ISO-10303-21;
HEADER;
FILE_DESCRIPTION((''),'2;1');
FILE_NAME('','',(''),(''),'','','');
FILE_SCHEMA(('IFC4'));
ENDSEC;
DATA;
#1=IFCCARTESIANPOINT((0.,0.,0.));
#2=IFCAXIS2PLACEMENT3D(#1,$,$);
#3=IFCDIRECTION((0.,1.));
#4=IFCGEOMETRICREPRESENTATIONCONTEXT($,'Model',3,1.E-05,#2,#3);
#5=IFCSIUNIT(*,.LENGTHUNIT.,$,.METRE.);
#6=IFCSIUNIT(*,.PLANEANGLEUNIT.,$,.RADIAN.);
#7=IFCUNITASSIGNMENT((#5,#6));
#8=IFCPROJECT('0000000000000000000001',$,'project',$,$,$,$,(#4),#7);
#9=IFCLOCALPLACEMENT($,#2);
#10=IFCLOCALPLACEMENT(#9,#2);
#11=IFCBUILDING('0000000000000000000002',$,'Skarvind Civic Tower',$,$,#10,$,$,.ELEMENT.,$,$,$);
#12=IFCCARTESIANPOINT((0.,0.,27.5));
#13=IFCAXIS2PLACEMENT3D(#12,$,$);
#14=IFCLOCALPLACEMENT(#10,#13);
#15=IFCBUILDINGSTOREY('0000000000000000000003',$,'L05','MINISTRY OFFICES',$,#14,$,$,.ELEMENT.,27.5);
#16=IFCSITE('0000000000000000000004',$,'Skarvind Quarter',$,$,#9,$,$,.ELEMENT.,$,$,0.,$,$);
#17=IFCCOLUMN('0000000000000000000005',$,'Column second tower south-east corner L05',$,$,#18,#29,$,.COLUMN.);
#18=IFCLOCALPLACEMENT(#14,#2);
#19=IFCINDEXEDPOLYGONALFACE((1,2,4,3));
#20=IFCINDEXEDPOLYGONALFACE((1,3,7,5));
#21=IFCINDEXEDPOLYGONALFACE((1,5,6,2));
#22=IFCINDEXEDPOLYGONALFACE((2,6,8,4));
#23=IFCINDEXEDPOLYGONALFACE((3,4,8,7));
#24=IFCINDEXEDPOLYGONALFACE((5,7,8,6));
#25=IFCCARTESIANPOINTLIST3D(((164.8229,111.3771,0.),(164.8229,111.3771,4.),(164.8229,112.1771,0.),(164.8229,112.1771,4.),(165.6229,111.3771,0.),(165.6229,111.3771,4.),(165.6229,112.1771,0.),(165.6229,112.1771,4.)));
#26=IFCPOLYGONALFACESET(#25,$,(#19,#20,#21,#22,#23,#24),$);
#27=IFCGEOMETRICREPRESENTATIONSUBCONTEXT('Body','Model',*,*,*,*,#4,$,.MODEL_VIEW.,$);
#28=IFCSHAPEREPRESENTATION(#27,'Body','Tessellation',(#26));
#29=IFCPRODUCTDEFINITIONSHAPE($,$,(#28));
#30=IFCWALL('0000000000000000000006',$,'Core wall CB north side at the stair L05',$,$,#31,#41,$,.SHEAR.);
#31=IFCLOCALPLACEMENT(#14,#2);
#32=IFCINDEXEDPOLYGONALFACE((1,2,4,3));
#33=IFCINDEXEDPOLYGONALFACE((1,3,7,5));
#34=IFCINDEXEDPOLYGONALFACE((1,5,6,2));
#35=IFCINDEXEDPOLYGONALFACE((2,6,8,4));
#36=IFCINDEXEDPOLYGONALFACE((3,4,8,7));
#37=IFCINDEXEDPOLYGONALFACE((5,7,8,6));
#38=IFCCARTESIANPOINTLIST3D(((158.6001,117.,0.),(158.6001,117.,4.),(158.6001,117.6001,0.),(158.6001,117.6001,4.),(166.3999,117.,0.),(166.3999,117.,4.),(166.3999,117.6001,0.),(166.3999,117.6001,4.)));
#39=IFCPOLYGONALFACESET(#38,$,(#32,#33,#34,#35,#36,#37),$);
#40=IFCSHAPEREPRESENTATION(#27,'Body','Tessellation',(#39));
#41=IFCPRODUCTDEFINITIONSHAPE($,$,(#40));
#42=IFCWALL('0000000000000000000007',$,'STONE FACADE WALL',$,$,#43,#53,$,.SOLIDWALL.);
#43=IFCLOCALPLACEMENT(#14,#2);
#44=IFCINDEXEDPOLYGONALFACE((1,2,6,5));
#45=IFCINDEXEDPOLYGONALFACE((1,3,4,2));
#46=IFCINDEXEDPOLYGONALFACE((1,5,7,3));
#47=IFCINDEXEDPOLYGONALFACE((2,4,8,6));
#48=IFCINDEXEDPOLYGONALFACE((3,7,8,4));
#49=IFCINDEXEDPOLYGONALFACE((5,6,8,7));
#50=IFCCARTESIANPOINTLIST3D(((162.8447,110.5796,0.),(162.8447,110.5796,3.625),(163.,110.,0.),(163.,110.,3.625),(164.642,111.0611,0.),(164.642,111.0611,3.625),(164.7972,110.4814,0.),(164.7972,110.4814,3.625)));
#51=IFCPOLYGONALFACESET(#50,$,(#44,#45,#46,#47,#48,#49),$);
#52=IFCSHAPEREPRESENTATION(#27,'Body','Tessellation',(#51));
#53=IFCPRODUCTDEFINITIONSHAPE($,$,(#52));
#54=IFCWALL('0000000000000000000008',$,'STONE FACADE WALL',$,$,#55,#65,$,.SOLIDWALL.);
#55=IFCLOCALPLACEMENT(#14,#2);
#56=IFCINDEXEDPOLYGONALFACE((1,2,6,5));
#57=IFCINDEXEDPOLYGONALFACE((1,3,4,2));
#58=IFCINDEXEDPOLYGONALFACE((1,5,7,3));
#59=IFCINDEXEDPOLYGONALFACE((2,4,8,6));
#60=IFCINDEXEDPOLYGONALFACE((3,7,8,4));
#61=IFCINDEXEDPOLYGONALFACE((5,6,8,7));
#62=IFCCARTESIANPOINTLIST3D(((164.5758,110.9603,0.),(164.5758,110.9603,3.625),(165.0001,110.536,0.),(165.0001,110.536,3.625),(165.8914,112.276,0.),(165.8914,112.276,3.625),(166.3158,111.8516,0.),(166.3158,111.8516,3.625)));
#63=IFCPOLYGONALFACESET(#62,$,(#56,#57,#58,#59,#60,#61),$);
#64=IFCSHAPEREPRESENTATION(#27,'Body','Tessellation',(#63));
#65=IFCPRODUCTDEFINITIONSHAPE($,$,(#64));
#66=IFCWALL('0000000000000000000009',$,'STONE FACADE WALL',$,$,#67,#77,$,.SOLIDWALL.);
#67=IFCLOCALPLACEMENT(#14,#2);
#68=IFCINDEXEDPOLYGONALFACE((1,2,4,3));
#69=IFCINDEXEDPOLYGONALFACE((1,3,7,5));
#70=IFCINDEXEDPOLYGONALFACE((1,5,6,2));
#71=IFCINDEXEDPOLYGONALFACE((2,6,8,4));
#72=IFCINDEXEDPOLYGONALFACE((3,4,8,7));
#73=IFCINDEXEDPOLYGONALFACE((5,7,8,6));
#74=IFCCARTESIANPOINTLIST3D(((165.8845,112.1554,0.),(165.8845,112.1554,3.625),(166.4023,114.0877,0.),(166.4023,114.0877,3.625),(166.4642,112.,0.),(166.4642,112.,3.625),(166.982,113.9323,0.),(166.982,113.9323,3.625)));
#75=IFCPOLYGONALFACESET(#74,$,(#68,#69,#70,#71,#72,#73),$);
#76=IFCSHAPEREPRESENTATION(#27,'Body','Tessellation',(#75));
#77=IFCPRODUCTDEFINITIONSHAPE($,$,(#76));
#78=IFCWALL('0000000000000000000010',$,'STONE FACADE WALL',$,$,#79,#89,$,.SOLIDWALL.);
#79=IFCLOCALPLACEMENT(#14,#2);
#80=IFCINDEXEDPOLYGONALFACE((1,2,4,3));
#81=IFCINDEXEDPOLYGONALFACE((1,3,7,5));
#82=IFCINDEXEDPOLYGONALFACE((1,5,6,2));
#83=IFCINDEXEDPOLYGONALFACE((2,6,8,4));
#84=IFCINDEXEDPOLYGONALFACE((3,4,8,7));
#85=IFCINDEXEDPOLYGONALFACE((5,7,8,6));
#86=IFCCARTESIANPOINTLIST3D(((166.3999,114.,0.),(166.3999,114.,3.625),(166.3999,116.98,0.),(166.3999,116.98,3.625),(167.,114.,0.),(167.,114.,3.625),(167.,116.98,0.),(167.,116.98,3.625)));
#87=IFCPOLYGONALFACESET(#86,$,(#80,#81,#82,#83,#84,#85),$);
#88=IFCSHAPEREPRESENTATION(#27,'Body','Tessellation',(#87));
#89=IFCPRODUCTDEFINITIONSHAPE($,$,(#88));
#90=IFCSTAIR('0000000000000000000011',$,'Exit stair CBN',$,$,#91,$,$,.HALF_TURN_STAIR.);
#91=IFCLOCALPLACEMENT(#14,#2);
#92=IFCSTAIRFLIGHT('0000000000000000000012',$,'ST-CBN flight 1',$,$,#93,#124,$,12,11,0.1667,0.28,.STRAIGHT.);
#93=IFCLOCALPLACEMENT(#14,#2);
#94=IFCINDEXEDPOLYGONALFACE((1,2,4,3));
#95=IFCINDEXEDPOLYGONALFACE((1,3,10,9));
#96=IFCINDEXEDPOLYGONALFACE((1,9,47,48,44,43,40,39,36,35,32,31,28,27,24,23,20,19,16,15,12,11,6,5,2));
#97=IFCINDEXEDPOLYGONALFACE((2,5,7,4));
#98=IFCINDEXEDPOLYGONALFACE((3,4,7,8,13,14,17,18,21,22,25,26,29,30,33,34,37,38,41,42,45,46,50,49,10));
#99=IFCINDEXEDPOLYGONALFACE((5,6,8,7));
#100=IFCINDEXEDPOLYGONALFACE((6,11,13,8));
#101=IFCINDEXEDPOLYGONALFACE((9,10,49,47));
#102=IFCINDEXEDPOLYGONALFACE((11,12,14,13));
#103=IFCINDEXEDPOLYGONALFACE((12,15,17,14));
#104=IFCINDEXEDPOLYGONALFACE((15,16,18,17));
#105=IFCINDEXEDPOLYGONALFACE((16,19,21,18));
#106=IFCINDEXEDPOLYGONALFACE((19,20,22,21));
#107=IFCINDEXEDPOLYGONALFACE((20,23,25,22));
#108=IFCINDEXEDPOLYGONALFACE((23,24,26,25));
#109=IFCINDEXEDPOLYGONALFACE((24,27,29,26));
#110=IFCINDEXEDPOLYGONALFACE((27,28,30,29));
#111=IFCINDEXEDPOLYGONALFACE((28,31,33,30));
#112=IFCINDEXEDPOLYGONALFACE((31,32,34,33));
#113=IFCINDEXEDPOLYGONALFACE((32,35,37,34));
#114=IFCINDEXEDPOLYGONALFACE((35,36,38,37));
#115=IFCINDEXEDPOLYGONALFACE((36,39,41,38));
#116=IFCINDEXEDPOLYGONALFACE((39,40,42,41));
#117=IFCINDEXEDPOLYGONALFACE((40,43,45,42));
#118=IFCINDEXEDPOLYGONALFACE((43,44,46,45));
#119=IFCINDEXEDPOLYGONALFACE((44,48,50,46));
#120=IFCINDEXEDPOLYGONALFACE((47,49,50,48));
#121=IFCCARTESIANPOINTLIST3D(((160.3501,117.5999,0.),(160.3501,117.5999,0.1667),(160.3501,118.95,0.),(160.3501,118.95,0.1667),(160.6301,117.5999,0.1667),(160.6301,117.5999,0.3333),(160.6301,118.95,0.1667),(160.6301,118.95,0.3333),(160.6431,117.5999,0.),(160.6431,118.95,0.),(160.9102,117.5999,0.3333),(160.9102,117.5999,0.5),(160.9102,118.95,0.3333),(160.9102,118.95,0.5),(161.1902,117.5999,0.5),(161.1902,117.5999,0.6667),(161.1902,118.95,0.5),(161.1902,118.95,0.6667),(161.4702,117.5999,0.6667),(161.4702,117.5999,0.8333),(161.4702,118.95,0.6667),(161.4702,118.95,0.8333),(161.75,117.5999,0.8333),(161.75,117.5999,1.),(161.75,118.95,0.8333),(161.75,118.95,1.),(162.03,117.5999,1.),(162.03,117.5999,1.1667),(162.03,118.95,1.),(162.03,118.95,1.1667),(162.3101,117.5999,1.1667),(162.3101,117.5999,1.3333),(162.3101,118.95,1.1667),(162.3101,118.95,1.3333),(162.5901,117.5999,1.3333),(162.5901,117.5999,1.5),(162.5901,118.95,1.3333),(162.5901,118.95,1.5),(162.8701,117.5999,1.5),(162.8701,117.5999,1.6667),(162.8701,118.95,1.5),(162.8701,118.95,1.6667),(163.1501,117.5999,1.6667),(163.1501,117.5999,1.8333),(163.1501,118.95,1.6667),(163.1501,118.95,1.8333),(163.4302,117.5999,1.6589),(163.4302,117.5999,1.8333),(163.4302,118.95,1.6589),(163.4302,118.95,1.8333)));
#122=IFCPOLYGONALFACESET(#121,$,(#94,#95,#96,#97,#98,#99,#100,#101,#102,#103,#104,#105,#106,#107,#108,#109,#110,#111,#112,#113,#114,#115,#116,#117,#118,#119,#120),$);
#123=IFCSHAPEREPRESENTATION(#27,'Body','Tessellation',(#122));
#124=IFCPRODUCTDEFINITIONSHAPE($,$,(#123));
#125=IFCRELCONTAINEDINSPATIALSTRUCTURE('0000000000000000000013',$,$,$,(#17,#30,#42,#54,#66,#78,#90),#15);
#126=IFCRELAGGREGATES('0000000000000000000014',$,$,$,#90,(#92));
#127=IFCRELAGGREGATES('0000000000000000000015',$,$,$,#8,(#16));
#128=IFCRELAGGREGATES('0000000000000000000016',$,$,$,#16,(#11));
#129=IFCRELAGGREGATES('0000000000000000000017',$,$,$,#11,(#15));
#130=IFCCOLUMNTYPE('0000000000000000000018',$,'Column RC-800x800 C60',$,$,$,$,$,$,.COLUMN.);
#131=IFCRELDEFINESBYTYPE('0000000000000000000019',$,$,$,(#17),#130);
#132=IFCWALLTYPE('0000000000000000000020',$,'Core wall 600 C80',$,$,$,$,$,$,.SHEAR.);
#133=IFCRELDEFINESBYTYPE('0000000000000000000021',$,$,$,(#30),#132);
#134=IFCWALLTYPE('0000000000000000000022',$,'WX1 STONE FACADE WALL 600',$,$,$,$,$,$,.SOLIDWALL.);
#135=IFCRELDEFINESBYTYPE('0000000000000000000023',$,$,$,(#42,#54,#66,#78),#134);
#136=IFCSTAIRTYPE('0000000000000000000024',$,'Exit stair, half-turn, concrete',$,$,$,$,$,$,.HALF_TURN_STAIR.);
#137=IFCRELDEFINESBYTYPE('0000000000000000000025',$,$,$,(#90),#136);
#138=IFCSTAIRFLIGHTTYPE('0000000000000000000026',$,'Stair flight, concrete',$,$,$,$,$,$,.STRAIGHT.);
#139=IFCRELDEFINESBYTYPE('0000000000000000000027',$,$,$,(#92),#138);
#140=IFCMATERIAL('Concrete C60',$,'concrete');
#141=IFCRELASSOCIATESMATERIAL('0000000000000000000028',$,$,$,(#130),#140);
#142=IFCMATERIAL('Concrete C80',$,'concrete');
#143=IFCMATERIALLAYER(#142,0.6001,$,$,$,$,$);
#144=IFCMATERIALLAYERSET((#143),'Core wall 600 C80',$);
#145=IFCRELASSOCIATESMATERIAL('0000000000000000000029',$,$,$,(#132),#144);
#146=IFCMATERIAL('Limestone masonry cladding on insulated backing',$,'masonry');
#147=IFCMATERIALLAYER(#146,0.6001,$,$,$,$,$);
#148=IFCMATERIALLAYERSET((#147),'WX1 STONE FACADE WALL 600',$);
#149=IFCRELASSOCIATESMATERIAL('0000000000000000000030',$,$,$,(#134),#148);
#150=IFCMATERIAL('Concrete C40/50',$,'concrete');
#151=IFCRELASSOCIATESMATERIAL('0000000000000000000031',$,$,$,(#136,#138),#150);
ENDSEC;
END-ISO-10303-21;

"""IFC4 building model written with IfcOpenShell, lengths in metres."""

from ifc_helpers import new_model, si_unit, direction, frame, frame_2d, origin, origin_2d, place, context, subcontext, project, spatial, polyline, rectangle, outline, extrude, material, layer, layer_set, material_profile, profile_set, type_object, element, aggregate, save


model = new_model("IFC4")

# Units and contexts
model_context = context("Model", 3, precision=1e-05, world=origin(), true_north=direction((0.0, 1.0)))
body_context = subcontext(model_context, "Body", "Model", "MODEL_VIEW")
ifc_project = project(units=[si_unit("LENGTHUNIT", "METRE"), si_unit("PLANEANGLEUNIT", "RADIAN")], contexts=[model_context])

# Site, building, storey
site_placement = place(None, origin())
site = spatial("IfcSite", under=ifc_project, at=site_placement, Name="Skarvind Quarter", CompositionType="ELEMENT", RefElevation=0.0)
building_placement = place(site_placement, origin())
building = spatial("IfcBuilding", under=site, at=building_placement, Name="Skarvind Civic Tower", CompositionType="ELEMENT")
storey_placement = place(building_placement, frame((0.0, 0.0, 27.5)))
storey = spatial("IfcBuildingStorey", under=building, at=storey_placement, Name="L05", Description="MINISTRY OFFICES", CompositionType="ELEMENT", Elevation=27.5)

# Column
ifc_material_1 = material(Name="Concrete C60", Category="concrete")
ifc_material_profile = material_profile(ifc_material_1, rectangle(XDim=0.8, YDim=0.8, at=origin_2d()), Name="RC-800x800")
ifc_profile_set = profile_set([ifc_material_profile], Name="Concrete C60")
column_type = type_object("IfcColumnType", Name="Column RC-800x800 C60", PredefinedType="COLUMN", material=ifc_profile_set)
column_placement = place(storey_placement, frame((165.2229, 111.7771, 0.0), z_axis=(0.0, 0.0, 1.0), x_axis=(1.0, 0.0, 0.0)))
element("IfcColumn", 1, at=column_placement, inside=storey, type_object=column_type, Name="Column second tower south-east corner L05", PredefinedType="COLUMN", context=body_context, shape_type="SweptSolid", body=[
    extrude(rectangle(XDim=0.8, YDim=0.8, at=origin_2d()), origin(), (0.0, 0.0, 1.0), 4.0),
])

# Wall
ifc_material_2 = material(Name="Concrete C80", Category="concrete")
ifc_layer_1 = layer(ifc_material_2, 0.6001)
ifc_layer_set_1 = layer_set([ifc_layer_1], Name="Core wall 600 C80")
wall_type_1 = type_object("IfcWallType", Name="Core wall 600 C80", PredefinedType="SHEAR", material=ifc_layer_set_1)
wall_1_placement = place(storey_placement, frame((166.3999, 117.3, 0.0), z_axis=(0.0, 0.0, 1.0), x_axis=(-1.0, 0.0, 0.0)))
element("IfcWall", 2, at=wall_1_placement, inside=storey, type_object=wall_type_1, Name="Core wall CB north side at the stair L05", PredefinedType="SHEAR", context=body_context, shape_type="SweptSolid", body=[
    extrude(rectangle(XDim=7.7998, YDim=0.6001, at=frame_2d((3.8999, 0.0))), origin(), (0.0, 0.0, 1.0), 4.0),
])

# Shared definitions
ifc_material_3 = material(Name="Limestone masonry cladding on insulated backing", Category="masonry")
ifc_layer_2 = layer(ifc_material_3, 0.6001)
ifc_layer_set_2 = layer_set([ifc_layer_2], Name="WX1 STONE FACADE WALL 600")
wall_type_2 = type_object("IfcWallType", Name="WX1 STONE FACADE WALL 600", PredefinedType="SOLIDWALL", material=ifc_layer_set_2)

# Walls
for number, where, z_axis, x_axis, name in (
    (3, (164.7195, 110.7712, 0.0), (0.0, 0.0, 1.0), (-0.965938, -0.258773, 0.0), "STONE FACADE WALL"),
    (4, (166.1035, 112.0637, 0.0), (0.0, 0.0, 1.0), (-0.707107, -0.707107, 0.0), "STONE FACADE WALL"),
):
    element("IfcWall", number, at=place(storey_placement, frame(where, z_axis=z_axis, x_axis=x_axis)), inside=storey, type_object=wall_type_2, Name=name, PredefinedType="SOLIDWALL", context=body_context, shape_type="SweptSolid", body=[
        extrude(rectangle(XDim=1.8606, YDim=0.6001, at=frame_2d((0.9302, 0.0))), origin(), (0.0, 0.0, 1.0), 3.625),
    ])
wall_2_placement = place(storey_placement, frame((166.6921, 114.01, 0.0), z_axis=(0.0, 0.0, 1.0), x_axis=(-0.25884, -0.96592, 0.0)))
element("IfcWall", 5, at=wall_2_placement, inside=storey, type_object=wall_type_2, Name="STONE FACADE WALL", PredefinedType="SOLIDWALL", context=body_context, shape_type="SweptSolid", body=[
    extrude(rectangle(XDim=2.0005, YDim=0.6001, at=frame_2d((1.0002, 0.0))), origin(), (0.0, 0.0, 1.0), 3.625),
])
wall_3_placement = place(storey_placement, frame((166.7, 116.98, 0.0), z_axis=(0.0, 0.0, 1.0), x_axis=(0.0, -1.0, 0.0)))
element("IfcWall", 6, at=wall_3_placement, inside=storey, type_object=wall_type_2, Name="STONE FACADE WALL", PredefinedType="SOLIDWALL", context=body_context, shape_type="SweptSolid", body=[
    extrude(rectangle(XDim=2.98, YDim=0.6001, at=frame_2d((1.49, 0.0))), origin(), (0.0, 0.0, 1.0), 3.625),
])

# Stair, stair flight
ifc_material_4 = material(Name="Concrete C40/50", Category="concrete")
stair_type = type_object("IfcStairType", Name="Exit stair, half-turn, concrete", PredefinedType="HALF_TURN_STAIR", material=ifc_material_4)
stair_placement = place(storey_placement, origin())
stair = element("IfcStair", 7, at=stair_placement, inside=storey, type_object=stair_type, Name="Exit stair CBN", PredefinedType="HALF_TURN_STAIR")
stair_flight_type = type_object("IfcStairFlightType", Name="Stair flight, concrete", PredefinedType="STRAIGHT", material=ifc_material_4)
stair_flight_placement = place(storey_placement, frame((160.3501, 118.2749, 0.0), z_axis=(0.0, 0.0, 1.0), x_axis=(1.0, 0.0, 0.0)))
stair_flight = element("IfcStairFlight", 8, at=stair_flight_placement, type_object=stair_flight_type, Name="ST-CBN flight 1", NumberOfRisers=12, NumberOfTreads=11, PredefinedType="STRAIGHT", RiserHeight=0.1667, TreadLength=0.28, context=body_context, shape_type="SweptSolid", body=[
    extrude(outline(polyline([(0.0, 0.0), (0.0, 0.1667), (0.28, 0.1667), (0.28, 0.3333), (0.5601, 0.3333), (0.5601, 0.5), (0.8401, 0.5), (0.8401, 0.6667), (1.1201, 0.6667), (1.1201, 0.8333), (1.3999, 0.8333), (1.3999, 1.0), (1.6799, 1.0), (1.6799, 1.1667), (1.96, 1.1667), (1.96, 1.3333), (2.24, 1.3333), (2.24, 1.5), (2.52, 1.5), (2.52, 1.6667), (2.8, 1.6667), (2.8, 1.8333), (3.0801, 1.8333), (3.0801, 2.0), (3.0801, 1.6589), (0.293, 0.0), (0.0, 0.0)])), frame((0.0, 0.675, 0.0), z_axis=(0.0, -1.0, 0.0), x_axis=(1.0, 0.0, 0.0)), (0.0, 0.0, 1.0), 1.3501),
])
aggregate(stair, [stair_flight])

save(model, "model.ifc")
